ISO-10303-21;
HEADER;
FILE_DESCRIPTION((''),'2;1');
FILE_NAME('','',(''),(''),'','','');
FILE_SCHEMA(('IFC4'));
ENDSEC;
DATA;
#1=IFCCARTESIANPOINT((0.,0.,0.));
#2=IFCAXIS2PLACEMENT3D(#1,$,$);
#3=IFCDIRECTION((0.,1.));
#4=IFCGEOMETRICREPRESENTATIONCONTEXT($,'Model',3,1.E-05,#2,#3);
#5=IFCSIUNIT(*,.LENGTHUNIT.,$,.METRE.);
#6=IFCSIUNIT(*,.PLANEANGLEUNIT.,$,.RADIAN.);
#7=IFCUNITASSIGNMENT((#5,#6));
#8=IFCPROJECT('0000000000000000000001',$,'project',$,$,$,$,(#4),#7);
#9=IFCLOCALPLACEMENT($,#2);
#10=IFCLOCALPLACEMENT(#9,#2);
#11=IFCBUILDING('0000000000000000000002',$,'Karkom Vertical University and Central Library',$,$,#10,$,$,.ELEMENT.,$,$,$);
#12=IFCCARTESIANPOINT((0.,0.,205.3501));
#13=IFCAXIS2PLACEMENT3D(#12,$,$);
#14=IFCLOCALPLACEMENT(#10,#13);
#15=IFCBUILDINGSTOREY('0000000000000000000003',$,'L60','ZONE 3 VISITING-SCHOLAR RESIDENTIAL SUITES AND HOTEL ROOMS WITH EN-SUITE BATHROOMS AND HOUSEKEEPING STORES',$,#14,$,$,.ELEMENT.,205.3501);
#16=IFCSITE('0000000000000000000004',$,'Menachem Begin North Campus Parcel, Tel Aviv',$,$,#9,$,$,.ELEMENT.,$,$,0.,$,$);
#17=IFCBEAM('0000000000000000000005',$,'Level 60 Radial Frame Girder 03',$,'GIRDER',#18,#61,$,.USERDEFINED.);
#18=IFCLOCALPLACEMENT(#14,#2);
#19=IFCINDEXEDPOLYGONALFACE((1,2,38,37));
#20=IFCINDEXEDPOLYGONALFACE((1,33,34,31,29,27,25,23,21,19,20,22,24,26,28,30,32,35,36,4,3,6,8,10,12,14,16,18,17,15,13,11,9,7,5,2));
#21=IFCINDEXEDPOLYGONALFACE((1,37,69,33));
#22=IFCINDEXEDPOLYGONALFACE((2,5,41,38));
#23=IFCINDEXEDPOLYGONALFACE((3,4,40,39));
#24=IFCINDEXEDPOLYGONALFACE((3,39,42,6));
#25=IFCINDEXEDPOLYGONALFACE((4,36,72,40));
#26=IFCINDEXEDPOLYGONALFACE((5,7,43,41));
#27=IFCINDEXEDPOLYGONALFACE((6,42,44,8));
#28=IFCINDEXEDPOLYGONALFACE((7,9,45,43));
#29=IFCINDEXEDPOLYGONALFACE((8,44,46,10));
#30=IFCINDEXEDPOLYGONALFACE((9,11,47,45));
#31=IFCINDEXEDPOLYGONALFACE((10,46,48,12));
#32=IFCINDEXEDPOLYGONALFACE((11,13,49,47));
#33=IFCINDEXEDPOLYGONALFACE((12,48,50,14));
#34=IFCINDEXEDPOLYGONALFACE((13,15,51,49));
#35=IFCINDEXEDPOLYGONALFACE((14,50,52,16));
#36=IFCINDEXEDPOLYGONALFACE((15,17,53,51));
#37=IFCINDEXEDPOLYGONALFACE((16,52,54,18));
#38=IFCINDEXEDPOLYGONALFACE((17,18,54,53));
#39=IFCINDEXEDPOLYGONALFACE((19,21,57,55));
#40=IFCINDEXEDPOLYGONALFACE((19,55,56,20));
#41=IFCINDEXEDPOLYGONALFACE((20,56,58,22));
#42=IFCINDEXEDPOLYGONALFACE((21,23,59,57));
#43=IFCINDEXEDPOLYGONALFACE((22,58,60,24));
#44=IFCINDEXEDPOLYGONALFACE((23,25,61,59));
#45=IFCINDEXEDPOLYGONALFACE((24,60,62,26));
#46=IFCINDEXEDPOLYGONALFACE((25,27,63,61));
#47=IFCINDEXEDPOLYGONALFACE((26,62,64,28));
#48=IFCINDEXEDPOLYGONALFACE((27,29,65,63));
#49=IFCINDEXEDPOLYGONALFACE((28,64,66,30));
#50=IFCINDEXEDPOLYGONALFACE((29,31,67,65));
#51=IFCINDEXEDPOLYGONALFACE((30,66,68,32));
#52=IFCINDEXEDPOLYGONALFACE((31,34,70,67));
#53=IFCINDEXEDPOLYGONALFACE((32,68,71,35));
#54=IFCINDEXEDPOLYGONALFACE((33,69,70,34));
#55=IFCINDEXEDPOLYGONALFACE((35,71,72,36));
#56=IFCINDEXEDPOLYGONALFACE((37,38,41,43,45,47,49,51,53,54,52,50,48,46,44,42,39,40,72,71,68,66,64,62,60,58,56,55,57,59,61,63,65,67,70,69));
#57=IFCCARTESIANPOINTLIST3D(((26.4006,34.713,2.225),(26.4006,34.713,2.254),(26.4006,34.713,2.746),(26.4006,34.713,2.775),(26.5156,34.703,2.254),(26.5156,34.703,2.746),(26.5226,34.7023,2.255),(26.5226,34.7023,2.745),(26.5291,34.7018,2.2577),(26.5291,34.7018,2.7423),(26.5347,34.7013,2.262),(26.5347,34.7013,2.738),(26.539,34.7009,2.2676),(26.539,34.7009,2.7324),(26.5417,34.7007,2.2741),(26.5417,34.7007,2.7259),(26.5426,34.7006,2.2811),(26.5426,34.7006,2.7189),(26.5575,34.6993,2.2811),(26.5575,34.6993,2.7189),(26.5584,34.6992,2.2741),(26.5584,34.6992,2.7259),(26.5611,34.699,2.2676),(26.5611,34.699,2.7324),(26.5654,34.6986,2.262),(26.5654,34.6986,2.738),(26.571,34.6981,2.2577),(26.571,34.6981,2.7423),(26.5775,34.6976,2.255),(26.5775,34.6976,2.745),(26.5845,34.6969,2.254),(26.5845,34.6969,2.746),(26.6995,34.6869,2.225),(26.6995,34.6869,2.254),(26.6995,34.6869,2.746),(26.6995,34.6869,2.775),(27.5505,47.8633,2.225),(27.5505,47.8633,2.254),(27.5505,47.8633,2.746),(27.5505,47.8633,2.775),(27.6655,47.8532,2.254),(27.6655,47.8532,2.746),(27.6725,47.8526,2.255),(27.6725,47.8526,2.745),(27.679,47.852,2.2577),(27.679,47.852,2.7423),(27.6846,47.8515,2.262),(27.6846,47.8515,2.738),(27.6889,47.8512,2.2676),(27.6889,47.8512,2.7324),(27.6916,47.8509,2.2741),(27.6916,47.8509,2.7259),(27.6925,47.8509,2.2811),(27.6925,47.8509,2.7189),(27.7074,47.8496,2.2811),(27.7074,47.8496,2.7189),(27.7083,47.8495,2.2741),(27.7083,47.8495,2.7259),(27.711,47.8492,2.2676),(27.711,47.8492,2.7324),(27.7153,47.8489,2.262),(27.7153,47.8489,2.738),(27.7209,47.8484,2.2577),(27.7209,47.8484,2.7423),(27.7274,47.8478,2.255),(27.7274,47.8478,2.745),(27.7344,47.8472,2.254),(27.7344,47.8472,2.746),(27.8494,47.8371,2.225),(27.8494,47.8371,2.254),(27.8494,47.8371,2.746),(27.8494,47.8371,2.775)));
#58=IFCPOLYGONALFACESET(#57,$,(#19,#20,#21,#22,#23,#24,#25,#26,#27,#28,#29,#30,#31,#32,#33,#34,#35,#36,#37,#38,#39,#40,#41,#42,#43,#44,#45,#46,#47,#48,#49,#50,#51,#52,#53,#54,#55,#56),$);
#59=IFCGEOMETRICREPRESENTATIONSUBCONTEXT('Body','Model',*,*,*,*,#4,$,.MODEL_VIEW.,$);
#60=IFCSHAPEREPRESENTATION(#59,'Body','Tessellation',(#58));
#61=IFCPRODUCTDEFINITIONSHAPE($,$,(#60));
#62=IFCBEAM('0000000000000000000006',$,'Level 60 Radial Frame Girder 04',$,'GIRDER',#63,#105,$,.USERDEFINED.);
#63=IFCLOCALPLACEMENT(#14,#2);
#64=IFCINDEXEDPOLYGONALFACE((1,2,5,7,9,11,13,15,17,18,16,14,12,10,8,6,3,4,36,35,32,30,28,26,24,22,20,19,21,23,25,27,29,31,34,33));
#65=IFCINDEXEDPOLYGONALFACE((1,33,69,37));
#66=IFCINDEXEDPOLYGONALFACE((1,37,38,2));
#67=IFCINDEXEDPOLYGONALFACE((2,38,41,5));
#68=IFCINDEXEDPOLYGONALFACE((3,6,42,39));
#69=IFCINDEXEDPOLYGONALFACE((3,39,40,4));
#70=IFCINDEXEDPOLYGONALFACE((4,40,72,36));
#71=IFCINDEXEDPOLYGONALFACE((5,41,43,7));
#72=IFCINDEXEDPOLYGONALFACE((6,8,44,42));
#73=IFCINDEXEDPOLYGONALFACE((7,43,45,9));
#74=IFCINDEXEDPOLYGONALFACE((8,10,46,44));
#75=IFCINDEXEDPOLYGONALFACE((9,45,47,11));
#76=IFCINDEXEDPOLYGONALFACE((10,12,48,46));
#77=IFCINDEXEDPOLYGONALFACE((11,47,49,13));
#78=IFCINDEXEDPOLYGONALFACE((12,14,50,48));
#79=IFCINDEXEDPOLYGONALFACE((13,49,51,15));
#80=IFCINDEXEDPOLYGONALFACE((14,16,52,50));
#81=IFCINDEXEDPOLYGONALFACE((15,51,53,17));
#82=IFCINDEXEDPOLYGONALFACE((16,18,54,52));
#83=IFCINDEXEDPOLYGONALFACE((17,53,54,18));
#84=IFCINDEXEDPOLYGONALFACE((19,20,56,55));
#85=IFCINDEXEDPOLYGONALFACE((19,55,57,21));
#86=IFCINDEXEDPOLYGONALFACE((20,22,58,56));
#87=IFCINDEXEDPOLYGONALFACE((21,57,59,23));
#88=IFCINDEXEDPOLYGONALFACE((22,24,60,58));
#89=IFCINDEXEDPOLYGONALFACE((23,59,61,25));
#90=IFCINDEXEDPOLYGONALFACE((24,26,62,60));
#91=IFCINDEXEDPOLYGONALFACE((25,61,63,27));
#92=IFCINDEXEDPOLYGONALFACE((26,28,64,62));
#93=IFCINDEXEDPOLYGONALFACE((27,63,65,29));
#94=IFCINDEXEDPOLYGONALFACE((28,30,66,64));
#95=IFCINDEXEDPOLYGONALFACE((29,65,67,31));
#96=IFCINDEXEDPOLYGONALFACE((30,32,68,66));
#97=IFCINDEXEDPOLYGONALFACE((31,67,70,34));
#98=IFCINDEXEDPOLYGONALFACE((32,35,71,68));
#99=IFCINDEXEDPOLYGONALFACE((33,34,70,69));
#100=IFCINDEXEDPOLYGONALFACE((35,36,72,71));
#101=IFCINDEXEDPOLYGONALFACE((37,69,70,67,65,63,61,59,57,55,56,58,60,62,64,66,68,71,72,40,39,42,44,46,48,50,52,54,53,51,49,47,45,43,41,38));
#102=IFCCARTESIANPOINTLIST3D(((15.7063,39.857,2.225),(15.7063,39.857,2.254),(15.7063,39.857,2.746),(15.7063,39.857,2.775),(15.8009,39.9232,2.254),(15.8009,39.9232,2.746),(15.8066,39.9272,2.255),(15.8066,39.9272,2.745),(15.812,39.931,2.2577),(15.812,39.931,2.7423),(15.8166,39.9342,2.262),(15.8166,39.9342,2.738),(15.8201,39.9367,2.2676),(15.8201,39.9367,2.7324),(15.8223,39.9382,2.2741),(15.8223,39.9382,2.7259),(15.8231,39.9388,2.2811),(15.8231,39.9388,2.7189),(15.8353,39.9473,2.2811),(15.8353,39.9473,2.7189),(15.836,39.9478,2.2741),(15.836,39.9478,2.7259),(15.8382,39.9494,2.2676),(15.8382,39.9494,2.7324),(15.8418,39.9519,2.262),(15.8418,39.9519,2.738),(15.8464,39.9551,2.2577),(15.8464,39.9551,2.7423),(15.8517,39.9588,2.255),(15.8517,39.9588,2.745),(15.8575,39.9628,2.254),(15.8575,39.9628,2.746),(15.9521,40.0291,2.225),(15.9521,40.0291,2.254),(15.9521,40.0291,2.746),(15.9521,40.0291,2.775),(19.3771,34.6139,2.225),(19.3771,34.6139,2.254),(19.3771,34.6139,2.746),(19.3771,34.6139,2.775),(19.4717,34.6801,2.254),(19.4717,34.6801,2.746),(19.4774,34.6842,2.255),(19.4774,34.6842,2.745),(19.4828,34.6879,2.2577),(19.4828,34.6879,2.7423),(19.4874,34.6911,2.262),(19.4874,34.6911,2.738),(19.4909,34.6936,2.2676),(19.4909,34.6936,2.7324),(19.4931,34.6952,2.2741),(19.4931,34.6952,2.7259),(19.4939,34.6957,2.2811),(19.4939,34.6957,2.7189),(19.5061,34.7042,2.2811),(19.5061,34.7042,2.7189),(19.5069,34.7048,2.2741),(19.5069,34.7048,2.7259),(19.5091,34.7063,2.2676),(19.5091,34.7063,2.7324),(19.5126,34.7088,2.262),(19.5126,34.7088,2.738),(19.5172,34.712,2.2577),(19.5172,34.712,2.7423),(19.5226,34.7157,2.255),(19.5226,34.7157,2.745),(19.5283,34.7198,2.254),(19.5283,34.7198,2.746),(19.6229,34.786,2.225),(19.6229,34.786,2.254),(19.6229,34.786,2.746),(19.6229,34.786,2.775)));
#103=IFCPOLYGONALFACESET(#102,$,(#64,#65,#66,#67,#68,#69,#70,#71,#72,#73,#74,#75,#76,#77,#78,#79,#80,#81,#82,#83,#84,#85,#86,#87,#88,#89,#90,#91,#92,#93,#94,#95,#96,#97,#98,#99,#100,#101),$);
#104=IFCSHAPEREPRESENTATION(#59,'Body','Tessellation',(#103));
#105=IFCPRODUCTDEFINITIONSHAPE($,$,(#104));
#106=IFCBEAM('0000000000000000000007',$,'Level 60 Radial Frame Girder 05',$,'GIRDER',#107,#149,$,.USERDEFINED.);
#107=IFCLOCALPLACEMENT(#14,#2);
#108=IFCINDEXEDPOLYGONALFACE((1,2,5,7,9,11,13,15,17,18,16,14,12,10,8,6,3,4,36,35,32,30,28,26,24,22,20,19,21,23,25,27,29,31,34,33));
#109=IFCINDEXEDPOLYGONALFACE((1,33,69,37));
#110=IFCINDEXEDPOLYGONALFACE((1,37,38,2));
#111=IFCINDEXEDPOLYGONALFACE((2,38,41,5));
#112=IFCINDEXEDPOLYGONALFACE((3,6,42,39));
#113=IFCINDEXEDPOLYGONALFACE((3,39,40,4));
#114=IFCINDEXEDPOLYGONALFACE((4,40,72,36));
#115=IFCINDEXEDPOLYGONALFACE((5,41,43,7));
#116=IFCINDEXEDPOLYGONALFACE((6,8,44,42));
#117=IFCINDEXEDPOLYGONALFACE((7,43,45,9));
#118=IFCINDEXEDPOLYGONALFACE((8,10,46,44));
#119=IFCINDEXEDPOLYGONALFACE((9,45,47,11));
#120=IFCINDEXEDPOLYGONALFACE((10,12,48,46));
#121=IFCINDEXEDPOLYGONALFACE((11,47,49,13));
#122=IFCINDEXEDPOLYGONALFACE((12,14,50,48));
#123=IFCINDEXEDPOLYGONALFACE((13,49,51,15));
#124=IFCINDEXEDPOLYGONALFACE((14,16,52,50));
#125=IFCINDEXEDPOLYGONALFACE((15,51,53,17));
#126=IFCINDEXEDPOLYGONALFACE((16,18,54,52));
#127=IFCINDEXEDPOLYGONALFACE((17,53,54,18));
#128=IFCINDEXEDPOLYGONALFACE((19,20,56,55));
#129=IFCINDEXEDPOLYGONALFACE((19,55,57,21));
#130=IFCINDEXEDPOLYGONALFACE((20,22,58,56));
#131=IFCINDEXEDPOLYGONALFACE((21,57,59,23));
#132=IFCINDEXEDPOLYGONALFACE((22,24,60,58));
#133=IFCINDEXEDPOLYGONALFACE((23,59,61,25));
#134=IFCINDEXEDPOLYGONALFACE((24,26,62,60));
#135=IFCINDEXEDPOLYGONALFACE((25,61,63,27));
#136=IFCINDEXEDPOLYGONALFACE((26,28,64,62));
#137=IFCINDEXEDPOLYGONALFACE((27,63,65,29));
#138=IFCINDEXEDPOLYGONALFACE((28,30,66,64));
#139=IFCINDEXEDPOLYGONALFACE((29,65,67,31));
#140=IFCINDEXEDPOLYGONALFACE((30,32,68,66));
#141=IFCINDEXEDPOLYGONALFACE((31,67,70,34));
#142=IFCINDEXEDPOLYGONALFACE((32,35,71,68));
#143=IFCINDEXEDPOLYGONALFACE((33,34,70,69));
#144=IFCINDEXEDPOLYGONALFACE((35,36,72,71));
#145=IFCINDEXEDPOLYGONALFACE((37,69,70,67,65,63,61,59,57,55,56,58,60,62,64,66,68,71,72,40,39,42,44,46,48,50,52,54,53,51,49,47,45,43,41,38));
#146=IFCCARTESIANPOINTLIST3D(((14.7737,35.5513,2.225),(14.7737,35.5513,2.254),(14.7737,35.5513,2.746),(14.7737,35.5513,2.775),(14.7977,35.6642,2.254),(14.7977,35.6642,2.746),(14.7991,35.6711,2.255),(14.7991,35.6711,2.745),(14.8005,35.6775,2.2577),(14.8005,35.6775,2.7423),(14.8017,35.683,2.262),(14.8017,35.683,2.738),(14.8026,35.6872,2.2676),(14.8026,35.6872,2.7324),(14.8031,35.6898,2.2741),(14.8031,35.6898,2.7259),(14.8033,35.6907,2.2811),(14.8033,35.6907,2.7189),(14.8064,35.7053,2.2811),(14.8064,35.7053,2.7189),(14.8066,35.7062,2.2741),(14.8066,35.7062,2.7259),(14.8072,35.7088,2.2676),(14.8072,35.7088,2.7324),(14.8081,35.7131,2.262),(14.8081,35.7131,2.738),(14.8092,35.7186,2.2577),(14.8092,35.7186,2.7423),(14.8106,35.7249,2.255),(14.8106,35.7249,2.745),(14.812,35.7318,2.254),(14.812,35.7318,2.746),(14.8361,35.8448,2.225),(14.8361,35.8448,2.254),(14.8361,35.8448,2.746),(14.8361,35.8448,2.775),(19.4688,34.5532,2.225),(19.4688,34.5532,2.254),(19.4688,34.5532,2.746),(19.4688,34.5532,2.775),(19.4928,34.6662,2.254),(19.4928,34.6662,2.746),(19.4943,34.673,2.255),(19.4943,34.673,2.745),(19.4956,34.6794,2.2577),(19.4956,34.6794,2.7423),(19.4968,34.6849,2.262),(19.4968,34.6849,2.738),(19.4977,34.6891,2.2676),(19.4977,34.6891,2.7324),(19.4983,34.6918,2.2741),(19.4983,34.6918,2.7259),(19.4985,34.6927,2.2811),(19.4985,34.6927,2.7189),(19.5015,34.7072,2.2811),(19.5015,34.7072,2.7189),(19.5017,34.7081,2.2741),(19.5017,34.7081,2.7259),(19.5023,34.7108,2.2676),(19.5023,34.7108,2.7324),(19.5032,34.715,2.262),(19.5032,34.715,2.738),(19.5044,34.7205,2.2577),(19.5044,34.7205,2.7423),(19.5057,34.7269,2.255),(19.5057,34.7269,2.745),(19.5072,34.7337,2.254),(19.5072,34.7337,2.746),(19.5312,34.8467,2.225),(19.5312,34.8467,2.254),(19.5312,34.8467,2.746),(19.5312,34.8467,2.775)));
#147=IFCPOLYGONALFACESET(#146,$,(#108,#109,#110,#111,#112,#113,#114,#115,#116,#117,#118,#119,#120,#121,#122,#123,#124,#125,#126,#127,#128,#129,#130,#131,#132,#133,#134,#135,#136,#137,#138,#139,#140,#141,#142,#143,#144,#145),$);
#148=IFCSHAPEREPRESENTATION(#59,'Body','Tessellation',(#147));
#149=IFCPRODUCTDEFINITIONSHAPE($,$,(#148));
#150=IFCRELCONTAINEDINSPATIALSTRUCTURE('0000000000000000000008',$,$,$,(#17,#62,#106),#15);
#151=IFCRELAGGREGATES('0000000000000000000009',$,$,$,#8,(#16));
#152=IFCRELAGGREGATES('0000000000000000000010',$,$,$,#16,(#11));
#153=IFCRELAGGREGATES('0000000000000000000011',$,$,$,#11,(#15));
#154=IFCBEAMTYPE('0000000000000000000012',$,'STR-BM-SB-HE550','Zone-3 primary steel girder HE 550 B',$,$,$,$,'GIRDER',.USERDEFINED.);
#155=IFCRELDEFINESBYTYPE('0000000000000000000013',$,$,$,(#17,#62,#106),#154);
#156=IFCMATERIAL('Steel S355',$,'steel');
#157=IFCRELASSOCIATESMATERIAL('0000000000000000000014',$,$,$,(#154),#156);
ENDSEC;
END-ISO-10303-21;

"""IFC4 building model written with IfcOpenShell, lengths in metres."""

from ifc_helpers import new_model, si_unit, direction, frame, origin, origin_with_axes, origin_2d, place, context, subcontext, project, spatial, i_section, extrude, source, transform, mapped, material, material_profile, profile_set, type_object, element, save


model = new_model("IFC4")

# Units and contexts
model_context = context("Model", 3, precision=1e-05, world=origin(), true_north=direction((0.0, 1.0)))
body_context = subcontext(model_context, "Body", "Model", "MODEL_VIEW")
ifc_project = project(units=[si_unit("LENGTHUNIT", "METRE"), si_unit("PLANEANGLEUNIT", "RADIAN")], contexts=[model_context])

# Site, building, storey
site_placement = place(None, origin())
site = spatial("IfcSite", under=ifc_project, at=site_placement, Name="Menachem Begin North Campus Parcel, Tel Aviv", CompositionType="ELEMENT", RefElevation=0.0)
building_placement = place(site_placement, origin())
building = spatial("IfcBuilding", under=site, at=building_placement, Name="Karkom Vertical University and Central Library", CompositionType="ELEMENT")
storey_placement = place(building_placement, frame((0.0, 0.0, 205.3501)))
storey = spatial("IfcBuildingStorey", under=building, at=storey_placement, Name="L60", Description="ZONE 3 VISITING-SCHOLAR RESIDENTIAL SUITES AND HOTEL ROOMS WITH EN-SUITE BATHROOMS AND HOUSEKEEPING STORES", CompositionType="ELEMENT", Elevation=205.3501)

# Beams
ifc_material_1 = material(Name="Steel S355", Category="steel")
ifc_material_profile_1 = material_profile(ifc_material_1, i_section(OverallWidth=0.3, OverallDepth=0.55, WebThickness=0.0149, FlangeThickness=0.0291, FilletRadius=0.0271, at=origin_2d()), Name="HE 550 B")
ifc_profile_set_1 = profile_set([ifc_material_profile_1], Name="Steel S355")
beam_type_1 = type_object("IfcBeamType", Name="STR-BM-SB-HE550", Description="Zone-3 primary steel girder HE 550 B", ElementType="GIRDER", PredefinedType="USERDEFINED", material=ifc_profile_set_1)
shared_shape_1 = source(origin_with_axes(), body_context, "Body", "SweptSolid", [
    extrude(i_section(OverallWidth=0.3, OverallDepth=0.55, WebThickness=0.0149, FlangeThickness=0.0291, FilletRadius=0.0271, at=origin_2d()), origin(), (0.0, 0.0, 1.0), 13.2004),
])
beam_1_placement = place(storey_placement, frame((26.55, 34.7, 2.5), z_axis=(0.087112, 0.996199, 0.0), x_axis=(-0.996199, 0.087112, 0.0)))
element("IfcBeam", 1, at=beam_1_placement, inside=storey, type_object=beam_type_1, Name="Level 60 Radial Frame Girder 03", ObjectType="GIRDER", PredefinedType="USERDEFINED", context=body_context, shape_type="MappedRepresentation", body=[
    mapped(shared_shape_1, transform((0.0, 0.0, 0.0), scale=1.0)),
])
shared_shape_2 = source(origin_with_axes(), body_context, "Body", "SweptSolid", [
    extrude(i_section(OverallWidth=0.3, OverallDepth=0.55, WebThickness=0.0149, FlangeThickness=0.0291, FilletRadius=0.0271, at=origin_2d()), origin(), (0.0, 0.0, 1.0), 6.4004),
])
beam_2_placement = place(storey_placement, frame((19.5, 34.7, 2.5), z_axis=(-0.573534, 0.819182, 0.0), x_axis=(-0.819182, -0.573534, 0.0)))
element("IfcBeam", 2, at=beam_2_placement, inside=storey, type_object=beam_type_1, Name="Level 60 Radial Frame Girder 04", ObjectType="GIRDER", PredefinedType="USERDEFINED", context=body_context, shape_type="MappedRepresentation", body=[
    mapped(shared_shape_2, transform((0.0, 0.0, 0.0), scale=1.0)),
])
shared_shape_3 = source(origin_with_axes(), body_context, "Body", "SweptSolid", [
    extrude(i_section(OverallWidth=0.3, OverallDepth=0.55, WebThickness=0.0149, FlangeThickness=0.0291, FilletRadius=0.0271, at=origin_2d()), origin(), (0.0, 0.0, 1.0), 4.8),
])
beam_3_placement = place(storey_placement, frame((19.5, 34.7, 2.5), z_axis=(-0.978144, 0.207927, 0.0), x_axis=(-0.207927, -0.978144, 0.0)))
element("IfcBeam", 3, at=beam_3_placement, inside=storey, type_object=beam_type_1, Name="Level 60 Radial Frame Girder 05", ObjectType="GIRDER", PredefinedType="USERDEFINED", context=body_context, shape_type="MappedRepresentation", body=[
    mapped(shared_shape_3, transform((0.0, 0.0, 0.0), scale=1.0)),
])

save(model, "model.ifc")
